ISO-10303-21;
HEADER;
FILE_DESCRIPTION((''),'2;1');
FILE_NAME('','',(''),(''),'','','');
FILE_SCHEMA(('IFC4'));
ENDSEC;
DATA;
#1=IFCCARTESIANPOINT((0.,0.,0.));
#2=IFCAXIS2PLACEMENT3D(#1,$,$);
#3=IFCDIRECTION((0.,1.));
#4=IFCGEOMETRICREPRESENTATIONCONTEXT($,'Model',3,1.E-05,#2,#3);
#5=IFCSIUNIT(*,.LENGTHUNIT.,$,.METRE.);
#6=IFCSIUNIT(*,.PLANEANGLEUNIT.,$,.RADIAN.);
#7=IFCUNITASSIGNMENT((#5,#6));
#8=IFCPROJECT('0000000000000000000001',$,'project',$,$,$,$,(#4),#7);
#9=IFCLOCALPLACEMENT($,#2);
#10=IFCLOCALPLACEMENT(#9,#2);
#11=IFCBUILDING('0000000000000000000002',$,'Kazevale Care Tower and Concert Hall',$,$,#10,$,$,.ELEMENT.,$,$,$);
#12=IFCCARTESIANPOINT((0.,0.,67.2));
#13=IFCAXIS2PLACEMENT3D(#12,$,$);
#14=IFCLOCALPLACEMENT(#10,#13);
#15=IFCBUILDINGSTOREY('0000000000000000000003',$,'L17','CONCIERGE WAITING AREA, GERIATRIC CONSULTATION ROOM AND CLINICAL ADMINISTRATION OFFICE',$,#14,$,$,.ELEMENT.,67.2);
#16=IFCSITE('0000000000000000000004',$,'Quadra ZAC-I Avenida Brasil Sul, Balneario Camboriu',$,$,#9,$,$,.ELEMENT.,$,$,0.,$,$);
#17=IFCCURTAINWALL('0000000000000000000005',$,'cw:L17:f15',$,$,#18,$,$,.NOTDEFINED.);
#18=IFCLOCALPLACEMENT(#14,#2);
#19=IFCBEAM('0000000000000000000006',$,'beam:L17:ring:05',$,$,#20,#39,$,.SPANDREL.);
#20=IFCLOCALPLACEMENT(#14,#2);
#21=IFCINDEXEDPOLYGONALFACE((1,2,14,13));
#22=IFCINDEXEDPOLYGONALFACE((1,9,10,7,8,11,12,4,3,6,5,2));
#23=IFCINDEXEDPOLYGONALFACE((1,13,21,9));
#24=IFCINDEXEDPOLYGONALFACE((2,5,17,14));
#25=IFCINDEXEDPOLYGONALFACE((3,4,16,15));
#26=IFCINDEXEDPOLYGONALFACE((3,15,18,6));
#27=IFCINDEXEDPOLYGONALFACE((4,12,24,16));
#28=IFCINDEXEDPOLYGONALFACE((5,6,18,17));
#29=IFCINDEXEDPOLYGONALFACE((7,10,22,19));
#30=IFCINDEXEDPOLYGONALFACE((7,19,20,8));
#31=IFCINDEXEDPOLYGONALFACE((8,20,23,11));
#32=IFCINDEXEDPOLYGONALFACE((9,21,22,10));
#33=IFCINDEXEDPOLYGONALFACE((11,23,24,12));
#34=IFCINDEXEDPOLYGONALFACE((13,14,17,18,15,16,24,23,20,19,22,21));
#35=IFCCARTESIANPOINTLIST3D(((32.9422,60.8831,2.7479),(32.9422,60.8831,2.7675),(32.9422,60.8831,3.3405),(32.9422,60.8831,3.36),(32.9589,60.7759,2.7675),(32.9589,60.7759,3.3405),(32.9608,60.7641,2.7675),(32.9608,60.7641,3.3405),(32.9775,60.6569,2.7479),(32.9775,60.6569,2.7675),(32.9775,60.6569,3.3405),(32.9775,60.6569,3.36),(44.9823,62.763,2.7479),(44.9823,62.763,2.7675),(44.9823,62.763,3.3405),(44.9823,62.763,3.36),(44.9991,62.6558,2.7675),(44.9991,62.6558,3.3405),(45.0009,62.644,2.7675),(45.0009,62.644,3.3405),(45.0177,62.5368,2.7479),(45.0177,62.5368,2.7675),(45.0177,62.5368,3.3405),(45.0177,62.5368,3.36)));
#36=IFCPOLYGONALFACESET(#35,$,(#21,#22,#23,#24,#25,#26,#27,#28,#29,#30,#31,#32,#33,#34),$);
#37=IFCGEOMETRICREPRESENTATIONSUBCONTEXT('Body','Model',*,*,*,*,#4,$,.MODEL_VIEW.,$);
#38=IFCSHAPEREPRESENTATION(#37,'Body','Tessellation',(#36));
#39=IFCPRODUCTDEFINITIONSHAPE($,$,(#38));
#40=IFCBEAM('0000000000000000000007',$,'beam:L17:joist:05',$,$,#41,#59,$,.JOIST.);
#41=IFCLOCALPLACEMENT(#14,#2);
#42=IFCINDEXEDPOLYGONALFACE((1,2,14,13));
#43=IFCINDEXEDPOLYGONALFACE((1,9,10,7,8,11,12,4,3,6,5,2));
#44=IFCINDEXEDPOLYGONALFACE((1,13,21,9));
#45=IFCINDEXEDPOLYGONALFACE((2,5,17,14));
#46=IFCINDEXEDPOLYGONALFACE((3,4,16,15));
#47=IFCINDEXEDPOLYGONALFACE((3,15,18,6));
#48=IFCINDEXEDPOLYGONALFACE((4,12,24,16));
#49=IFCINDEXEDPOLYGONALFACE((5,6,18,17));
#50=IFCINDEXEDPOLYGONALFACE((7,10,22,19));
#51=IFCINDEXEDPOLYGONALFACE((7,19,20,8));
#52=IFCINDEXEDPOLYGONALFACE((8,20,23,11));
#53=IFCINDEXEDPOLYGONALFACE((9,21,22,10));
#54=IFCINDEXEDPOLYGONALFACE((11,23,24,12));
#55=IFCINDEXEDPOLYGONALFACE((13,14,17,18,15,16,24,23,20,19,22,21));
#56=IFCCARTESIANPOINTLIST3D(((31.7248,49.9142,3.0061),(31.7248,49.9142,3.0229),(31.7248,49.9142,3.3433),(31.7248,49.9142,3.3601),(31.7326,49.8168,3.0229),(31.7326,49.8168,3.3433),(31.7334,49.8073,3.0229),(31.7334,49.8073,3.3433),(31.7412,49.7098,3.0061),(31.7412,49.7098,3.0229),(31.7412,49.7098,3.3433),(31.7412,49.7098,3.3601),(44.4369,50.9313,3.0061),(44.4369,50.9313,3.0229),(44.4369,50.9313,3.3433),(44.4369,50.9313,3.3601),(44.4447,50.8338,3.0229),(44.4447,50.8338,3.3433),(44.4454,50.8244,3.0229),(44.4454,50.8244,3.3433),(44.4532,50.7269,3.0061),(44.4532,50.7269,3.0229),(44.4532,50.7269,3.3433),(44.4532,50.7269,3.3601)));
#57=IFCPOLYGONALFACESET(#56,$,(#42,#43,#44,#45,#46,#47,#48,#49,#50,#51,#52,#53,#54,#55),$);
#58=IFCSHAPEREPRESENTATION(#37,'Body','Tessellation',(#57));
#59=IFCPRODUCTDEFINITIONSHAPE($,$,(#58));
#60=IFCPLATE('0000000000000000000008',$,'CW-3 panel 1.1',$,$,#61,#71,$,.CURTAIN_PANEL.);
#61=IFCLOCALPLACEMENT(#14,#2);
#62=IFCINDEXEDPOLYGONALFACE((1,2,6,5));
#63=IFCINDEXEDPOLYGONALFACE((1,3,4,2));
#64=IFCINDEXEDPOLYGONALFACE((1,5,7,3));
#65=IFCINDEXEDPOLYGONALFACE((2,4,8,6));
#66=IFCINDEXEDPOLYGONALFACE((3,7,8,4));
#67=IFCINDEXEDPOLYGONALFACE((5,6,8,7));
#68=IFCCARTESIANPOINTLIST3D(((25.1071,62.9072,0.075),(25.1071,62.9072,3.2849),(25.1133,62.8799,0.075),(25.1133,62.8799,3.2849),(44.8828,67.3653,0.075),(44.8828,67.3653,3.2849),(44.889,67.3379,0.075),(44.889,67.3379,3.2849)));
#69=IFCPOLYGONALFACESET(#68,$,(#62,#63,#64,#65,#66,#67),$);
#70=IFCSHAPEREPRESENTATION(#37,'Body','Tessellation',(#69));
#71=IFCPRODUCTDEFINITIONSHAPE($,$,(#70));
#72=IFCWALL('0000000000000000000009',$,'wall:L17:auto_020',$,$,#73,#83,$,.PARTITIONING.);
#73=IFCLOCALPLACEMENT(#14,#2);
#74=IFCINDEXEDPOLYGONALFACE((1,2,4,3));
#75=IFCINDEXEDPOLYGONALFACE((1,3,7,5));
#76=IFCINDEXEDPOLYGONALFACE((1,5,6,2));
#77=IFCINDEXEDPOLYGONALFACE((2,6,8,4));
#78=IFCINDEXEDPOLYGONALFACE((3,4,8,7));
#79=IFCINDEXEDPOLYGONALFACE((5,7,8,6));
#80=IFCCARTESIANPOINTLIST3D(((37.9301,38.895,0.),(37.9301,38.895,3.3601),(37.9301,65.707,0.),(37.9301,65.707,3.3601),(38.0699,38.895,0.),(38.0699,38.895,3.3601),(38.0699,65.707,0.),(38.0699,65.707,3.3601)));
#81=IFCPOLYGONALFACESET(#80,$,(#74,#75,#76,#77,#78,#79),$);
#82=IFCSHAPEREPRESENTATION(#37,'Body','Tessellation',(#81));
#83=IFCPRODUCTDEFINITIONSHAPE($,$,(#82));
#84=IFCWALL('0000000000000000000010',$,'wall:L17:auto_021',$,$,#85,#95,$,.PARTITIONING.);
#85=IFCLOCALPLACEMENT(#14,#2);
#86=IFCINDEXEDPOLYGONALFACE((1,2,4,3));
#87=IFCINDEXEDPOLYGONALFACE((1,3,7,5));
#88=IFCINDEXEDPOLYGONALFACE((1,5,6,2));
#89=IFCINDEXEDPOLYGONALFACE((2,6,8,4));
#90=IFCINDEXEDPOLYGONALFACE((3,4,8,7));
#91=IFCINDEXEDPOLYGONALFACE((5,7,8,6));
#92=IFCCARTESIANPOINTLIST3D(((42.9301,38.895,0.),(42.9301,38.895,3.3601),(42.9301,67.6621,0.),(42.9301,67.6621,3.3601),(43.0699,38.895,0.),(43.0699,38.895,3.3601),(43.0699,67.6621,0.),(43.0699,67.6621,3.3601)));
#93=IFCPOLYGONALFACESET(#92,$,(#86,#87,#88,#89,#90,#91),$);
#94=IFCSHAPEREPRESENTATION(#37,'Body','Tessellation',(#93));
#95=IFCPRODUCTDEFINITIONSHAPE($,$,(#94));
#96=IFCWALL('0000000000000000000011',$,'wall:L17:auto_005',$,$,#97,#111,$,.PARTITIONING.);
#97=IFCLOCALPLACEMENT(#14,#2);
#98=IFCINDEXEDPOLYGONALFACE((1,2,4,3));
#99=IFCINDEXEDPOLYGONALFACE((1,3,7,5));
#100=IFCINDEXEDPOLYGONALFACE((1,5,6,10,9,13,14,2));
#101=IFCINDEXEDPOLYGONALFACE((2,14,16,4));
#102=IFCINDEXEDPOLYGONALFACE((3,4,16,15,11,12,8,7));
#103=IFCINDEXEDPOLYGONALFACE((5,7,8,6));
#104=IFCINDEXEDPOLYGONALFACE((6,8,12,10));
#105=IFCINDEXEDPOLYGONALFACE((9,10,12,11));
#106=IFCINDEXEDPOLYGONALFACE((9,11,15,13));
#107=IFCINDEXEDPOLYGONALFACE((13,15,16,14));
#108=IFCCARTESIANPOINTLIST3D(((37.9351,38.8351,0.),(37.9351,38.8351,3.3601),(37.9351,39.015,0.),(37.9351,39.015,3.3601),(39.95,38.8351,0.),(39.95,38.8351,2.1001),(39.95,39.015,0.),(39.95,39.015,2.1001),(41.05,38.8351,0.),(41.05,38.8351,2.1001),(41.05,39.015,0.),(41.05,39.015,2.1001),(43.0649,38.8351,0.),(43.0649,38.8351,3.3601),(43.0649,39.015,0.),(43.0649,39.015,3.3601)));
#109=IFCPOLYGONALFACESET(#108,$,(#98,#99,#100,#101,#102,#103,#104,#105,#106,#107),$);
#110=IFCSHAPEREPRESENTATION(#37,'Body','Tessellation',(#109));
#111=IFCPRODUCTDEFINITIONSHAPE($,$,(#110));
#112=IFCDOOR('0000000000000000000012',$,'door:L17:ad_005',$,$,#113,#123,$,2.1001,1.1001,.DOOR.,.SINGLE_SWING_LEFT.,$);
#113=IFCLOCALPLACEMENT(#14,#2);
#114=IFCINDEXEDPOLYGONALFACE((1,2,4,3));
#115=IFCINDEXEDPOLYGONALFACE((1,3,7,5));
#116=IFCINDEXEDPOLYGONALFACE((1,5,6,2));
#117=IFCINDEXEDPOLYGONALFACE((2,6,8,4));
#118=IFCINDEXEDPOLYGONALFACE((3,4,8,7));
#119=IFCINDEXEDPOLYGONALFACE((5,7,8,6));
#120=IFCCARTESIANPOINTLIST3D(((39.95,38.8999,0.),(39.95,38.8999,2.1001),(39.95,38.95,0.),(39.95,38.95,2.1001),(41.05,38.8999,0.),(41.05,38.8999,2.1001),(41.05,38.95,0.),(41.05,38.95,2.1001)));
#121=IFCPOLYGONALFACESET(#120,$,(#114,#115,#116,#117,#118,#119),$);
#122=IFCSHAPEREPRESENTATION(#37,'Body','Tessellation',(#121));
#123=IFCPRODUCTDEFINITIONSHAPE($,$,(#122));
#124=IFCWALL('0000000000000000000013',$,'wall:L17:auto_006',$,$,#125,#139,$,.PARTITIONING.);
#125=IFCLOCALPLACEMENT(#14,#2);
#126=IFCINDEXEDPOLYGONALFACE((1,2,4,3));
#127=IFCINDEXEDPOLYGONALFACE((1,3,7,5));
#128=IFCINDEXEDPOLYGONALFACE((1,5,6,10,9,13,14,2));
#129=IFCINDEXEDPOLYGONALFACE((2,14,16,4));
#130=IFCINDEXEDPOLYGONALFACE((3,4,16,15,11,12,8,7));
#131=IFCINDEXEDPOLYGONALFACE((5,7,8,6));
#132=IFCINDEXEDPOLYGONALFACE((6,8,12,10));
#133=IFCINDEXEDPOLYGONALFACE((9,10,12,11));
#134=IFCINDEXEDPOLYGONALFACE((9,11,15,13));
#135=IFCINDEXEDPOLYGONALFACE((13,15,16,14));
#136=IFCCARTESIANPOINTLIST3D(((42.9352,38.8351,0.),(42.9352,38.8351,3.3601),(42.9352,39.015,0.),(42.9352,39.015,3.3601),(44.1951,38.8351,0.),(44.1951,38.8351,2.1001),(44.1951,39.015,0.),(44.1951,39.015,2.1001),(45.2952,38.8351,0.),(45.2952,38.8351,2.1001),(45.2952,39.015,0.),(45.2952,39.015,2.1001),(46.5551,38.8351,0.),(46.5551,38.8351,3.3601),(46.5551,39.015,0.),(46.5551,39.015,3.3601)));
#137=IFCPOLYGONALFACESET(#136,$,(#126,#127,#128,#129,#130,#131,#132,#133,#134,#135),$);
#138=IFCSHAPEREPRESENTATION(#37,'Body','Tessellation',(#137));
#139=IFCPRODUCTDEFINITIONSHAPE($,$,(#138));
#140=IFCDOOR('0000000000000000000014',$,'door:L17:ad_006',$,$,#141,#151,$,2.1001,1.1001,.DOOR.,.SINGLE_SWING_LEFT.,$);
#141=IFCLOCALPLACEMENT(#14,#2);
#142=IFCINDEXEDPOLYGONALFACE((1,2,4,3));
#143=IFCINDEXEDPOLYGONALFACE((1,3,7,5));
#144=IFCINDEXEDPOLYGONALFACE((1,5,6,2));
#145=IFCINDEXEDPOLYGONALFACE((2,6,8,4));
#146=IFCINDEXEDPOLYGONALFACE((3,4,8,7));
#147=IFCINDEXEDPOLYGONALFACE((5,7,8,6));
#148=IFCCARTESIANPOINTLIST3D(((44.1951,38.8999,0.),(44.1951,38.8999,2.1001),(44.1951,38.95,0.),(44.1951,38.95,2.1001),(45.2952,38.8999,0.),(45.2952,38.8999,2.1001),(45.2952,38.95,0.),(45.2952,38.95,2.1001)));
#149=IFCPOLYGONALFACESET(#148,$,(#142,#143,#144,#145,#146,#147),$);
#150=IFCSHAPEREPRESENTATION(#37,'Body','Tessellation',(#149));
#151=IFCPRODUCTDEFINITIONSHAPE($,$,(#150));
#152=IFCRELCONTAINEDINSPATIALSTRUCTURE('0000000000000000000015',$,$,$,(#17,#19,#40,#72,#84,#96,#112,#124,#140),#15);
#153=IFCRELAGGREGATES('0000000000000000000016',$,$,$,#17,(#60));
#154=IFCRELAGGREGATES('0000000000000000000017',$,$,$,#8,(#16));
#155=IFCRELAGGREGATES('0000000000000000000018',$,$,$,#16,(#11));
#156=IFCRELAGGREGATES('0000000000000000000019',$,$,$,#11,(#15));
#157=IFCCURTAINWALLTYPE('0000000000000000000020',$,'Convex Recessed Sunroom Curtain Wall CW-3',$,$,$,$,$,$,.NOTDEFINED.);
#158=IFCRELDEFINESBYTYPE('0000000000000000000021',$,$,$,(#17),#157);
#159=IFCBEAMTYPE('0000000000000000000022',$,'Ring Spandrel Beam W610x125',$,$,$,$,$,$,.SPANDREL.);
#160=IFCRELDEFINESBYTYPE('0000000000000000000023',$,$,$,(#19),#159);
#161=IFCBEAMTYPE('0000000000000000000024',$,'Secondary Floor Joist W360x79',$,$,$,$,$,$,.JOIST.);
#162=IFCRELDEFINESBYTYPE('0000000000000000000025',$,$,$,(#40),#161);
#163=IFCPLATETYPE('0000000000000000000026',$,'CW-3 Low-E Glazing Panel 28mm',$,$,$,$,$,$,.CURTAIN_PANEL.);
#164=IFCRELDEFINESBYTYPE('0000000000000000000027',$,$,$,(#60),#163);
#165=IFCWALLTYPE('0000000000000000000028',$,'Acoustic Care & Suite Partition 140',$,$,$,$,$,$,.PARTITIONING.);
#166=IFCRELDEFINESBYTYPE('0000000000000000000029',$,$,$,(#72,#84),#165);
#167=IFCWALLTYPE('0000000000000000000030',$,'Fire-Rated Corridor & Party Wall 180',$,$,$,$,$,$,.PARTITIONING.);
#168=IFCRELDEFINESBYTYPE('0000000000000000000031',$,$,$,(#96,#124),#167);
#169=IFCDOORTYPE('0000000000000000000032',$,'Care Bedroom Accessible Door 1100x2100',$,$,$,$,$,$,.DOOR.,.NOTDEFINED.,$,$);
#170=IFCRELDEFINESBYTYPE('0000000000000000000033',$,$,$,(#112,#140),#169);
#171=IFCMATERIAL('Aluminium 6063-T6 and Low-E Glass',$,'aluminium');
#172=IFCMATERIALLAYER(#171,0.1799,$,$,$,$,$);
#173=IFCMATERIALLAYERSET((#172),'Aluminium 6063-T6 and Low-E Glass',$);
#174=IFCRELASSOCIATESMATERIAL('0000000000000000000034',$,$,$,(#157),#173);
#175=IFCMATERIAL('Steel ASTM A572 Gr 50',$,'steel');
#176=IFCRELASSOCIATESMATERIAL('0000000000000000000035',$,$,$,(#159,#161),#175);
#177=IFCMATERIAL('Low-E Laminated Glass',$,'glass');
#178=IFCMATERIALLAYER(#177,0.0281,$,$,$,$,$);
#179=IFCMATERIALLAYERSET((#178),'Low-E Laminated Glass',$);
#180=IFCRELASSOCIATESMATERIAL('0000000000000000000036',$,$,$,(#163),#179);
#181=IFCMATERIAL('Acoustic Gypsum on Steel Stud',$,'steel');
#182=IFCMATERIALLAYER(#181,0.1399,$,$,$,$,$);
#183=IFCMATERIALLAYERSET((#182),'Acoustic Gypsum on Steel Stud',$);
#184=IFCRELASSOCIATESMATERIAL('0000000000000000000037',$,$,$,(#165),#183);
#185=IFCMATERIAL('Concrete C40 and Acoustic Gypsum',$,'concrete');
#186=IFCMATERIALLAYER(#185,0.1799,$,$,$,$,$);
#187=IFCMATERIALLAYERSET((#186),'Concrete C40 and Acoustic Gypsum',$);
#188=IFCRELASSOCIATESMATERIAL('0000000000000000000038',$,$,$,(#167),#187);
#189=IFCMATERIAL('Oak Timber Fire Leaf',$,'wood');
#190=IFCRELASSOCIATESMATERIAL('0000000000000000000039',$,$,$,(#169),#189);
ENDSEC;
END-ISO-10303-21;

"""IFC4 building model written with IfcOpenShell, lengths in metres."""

from ifc_helpers import new_model, si_unit, direction, frame, frame_2d, origin, origin_2d, place, context, subcontext, project, spatial, rectangle, i_section, extrude, material, layer, layer_set, material_profile, profile_set, type_object, element, fill, aggregate, save


model = new_model("IFC4")

# Units and contexts
model_context = context("Model", 3, precision=1e-05, world=origin(), true_north=direction((0.0, 1.0)))
body_context = subcontext(model_context, "Body", "Model", "MODEL_VIEW")
ifc_project = project(units=[si_unit("LENGTHUNIT", "METRE"), si_unit("PLANEANGLEUNIT", "RADIAN")], contexts=[model_context])

# Site, building, storey
site_placement = place(None, origin())
site = spatial("IfcSite", under=ifc_project, at=site_placement, Name="Quadra ZAC-I Avenida Brasil Sul, Balneario Camboriu", CompositionType="ELEMENT", RefElevation=0.0)
building_placement = place(site_placement, origin())
building = spatial("IfcBuilding", under=site, at=building_placement, Name="Kazevale Care Tower and Concert Hall", CompositionType="ELEMENT")
storey_placement = place(building_placement, frame((0.0, 0.0, 67.2)))
storey = spatial("IfcBuildingStorey", under=building, at=storey_placement, Name="L17", Description="CONCIERGE WAITING AREA, GERIATRIC CONSULTATION ROOM AND CLINICAL ADMINISTRATION OFFICE", CompositionType="ELEMENT", Elevation=67.2)

# Shared definitions
ifc_material_1 = material(Name="Aluminium 6063-T6 and Low-E Glass", Category="aluminium")

# Curtain wall
ifc_layer_1 = layer(ifc_material_1, 0.1799)
ifc_layer_set_1 = layer_set([ifc_layer_1], Name="Aluminium 6063-T6 and Low-E Glass")
curtain_wall_type_1 = type_object("IfcCurtainWallType", Name="Convex Recessed Sunroom Curtain Wall CW-3", PredefinedType="NOTDEFINED", material=ifc_layer_set_1)
curtain_wall_1_placement = place(storey_placement, origin())
curtain_wall_1 = element("IfcCurtainWall", 1, at=curtain_wall_1_placement, inside=storey, type_object=curtain_wall_type_1, Name="cw:L17:f15", PredefinedType="NOTDEFINED")

# Beams
ifc_material_2 = material(Name="Steel ASTM A572 Gr 50", Category="steel")
ifc_material_profile_1 = material_profile(ifc_material_2, i_section(OverallWidth=0.229, OverallDepth=0.6121, WebThickness=0.012, FlangeThickness=0.0195, at=origin_2d()), Name="W610x125")
ifc_profile_set_1 = profile_set([ifc_material_profile_1], Name="Steel ASTM A572 Gr 50")
beam_type_1 = type_object("IfcBeamType", Name="Ring Spandrel Beam W610x125", PredefinedType="SPANDREL", material=ifc_profile_set_1)
beam_1_placement = place(storey_placement, frame((45.0, 62.6499, 3.054), z_axis=(-0.988029, -0.154267, 0.0), x_axis=(0.154267, -0.988029, 0.0)))
element("IfcBeam", 2, at=beam_1_placement, inside=storey, type_object=beam_type_1, Name="beam:L17:ring:05", PredefinedType="SPANDREL", context=body_context, shape_type="SweptSolid", body=[
    extrude(i_section(OverallWidth=0.229, OverallDepth=0.6121, WebThickness=0.012, FlangeThickness=0.0195, at=origin_2d()), origin(), (0.0, 0.0, 1.0), 12.186),
])
ifc_material_profile_2 = material_profile(ifc_material_2, i_section(OverallWidth=0.2051, OverallDepth=0.354, WebThickness=0.0095, FlangeThickness=0.0168, at=origin_2d()), Name="W360x79")
ifc_profile_set_2 = profile_set([ifc_material_profile_2], Name="Steel ASTM A572 Gr 50")
beam_type_2 = type_object("IfcBeamType", Name="Secondary Floor Joist W360x79", PredefinedType="JOIST", material=ifc_profile_set_2)
beam_2_placement = place(storey_placement, frame((44.4451, 50.8291, 3.1831), z_axis=(-0.996815, -0.079754, 0.0), x_axis=(0.079754, -0.996815, 0.0)))
element("IfcBeam", 3, at=beam_2_placement, inside=storey, type_object=beam_type_2, Name="beam:L17:joist:05", PredefinedType="JOIST", context=body_context, shape_type="SweptSolid", body=[
    extrude(i_section(OverallWidth=0.2051, OverallDepth=0.354, WebThickness=0.0095, FlangeThickness=0.0168, at=origin_2d()), origin(), (0.0, 0.0, 1.0), 12.7527),
])

# Plate
ifc_material_3 = material(Name="Low-E Laminated Glass", Category="glass")
ifc_layer_2 = layer(ifc_material_3, 0.0281)
ifc_layer_set_2 = layer_set([ifc_layer_2], Name="Low-E Laminated Glass")
plate_type = type_object("IfcPlateType", Name="CW-3 Low-E Glazing Panel 28mm", PredefinedType="CURTAIN_PANEL", material=ifc_layer_set_2)
plate_placement = place(storey_placement, frame((34.998, 65.1226, 0.075), z_axis=(0.0, 0.0, 1.0), x_axis=(0.97552, 0.219911, 0.0)))
plate = element("IfcPlate", 4, at=plate_placement, type_object=plate_type, Name="CW-3 panel 1.1", PredefinedType="CURTAIN_PANEL", context=body_context, shape_type="SweptSolid", body=[
    extrude(rectangle(XDim=20.272, YDim=0.0281, at=origin_2d()), origin(), (0.0, 0.0, 1.0), 3.21),
])
aggregate(curtain_wall_1, [plate])

# Walls
ifc_material_4 = material(Name="Acoustic Gypsum on Steel Stud", Category="steel")
ifc_layer_3 = layer(ifc_material_4, 0.1399)
ifc_layer_set_3 = layer_set([ifc_layer_3], Name="Acoustic Gypsum on Steel Stud")
wall_type_1 = type_object("IfcWallType", Name="Acoustic Care & Suite Partition 140", PredefinedType="PARTITIONING", material=ifc_layer_set_3)
wall_1_placement = place(storey_placement, frame((38.0, 65.707, 0.0), z_axis=(0.0, 0.0, 1.0), x_axis=(0.0, -1.0, 0.0)))
element("IfcWall", 5, at=wall_1_placement, inside=storey, type_object=wall_type_1, Name="wall:L17:auto_020", PredefinedType="PARTITIONING", context=body_context, shape_type="SweptSolid", body=[
    extrude(rectangle(XDim=26.812, YDim=0.1399, at=frame_2d((13.406, 0.0))), origin(), (0.0, 0.0, 1.0), 3.3601),
])
wall_2_placement = place(storey_placement, frame((43.0, 67.6621, 0.0), z_axis=(0.0, 0.0, 1.0), x_axis=(0.0, -1.0, 0.0)))
element("IfcWall", 6, at=wall_2_placement, inside=storey, type_object=wall_type_1, Name="wall:L17:auto_021", PredefinedType="PARTITIONING", context=body_context, shape_type="SweptSolid", body=[
    extrude(rectangle(XDim=28.7671, YDim=0.1399, at=frame_2d((14.3835, 0.0))), origin(), (0.0, 0.0, 1.0), 3.3601),
])

# Walls, openings, doors
ifc_material_5 = material(Name="Concrete C40 and Acoustic Gypsum", Category="concrete")
ifc_layer_4 = layer(ifc_material_5, 0.1799)
ifc_layer_set_4 = layer_set([ifc_layer_4], Name="Concrete C40 and Acoustic Gypsum")
wall_type_2 = type_object("IfcWallType", Name="Fire-Rated Corridor & Party Wall 180", PredefinedType="PARTITIONING", material=ifc_layer_set_4)
wall_3_placement = place(storey_placement, frame((37.9351, 38.925, 0.0), z_axis=(0.0, 0.0, 1.0), x_axis=(1.0, 0.0, 0.0)))
wall_3 = element("IfcWall", 7, at=wall_3_placement, inside=storey, type_object=wall_type_2, Name="wall:L17:auto_005", PredefinedType="PARTITIONING", context=body_context, shape_type="SweptSolid", body=[
    extrude(rectangle(XDim=5.1299, YDim=0.1799, at=frame_2d((2.5649, 0.0))), origin(), (0.0, 0.0, 1.0), 3.3601),
])
opening_1_placement = place(wall_3_placement, frame((2.0149, 0.0, 0.0)))
opening_1 = element("IfcOpeningElement", 8, at=opening_1_placement, cuts=wall_3, PredefinedType="OPENING", context=body_context, shape_type="SweptSolid", body=[
    extrude(rectangle(XDim=1.1001, YDim=2.1001, at=frame_2d((0.55, 1.05))), frame((0.0, 0.0999, 0.0), z_axis=(0.0, -1.0, 0.0), x_axis=(1.0, 0.0, 0.0)), (0.0, 0.0, 1.0), 0.2),
])
ifc_material_6 = material(Name="Oak Timber Fire Leaf", Category="wood")
door_type = type_object("IfcDoorType", Name="Care Bedroom Accessible Door 1100x2100", OperationType="NOTDEFINED", PredefinedType="DOOR", material=ifc_material_6)
door_1_placement = place(opening_1_placement, origin())
door_1 = element("IfcDoor", 9, at=door_1_placement, inside=storey, type_object=door_type, Name="door:L17:ad_005", OperationType="SINGLE_SWING_LEFT", OverallHeight=2.1001, OverallWidth=1.1001, PredefinedType="DOOR", context=body_context, shape_type="SweptSolid", body=[
    extrude(rectangle(XDim=1.1001, YDim=2.1001, at=frame_2d((0.55, 1.05))), frame((0.0, 0.0249, 0.0), z_axis=(0.0, -1.0, 0.0), x_axis=(1.0, 0.0, 0.0)), (0.0, 0.0, 1.0), 0.05),
])
fill(opening_1, door_1)
wall_4_placement = place(storey_placement, frame((42.9351, 38.925, 0.0), z_axis=(0.0, 0.0, 1.0), x_axis=(1.0, 0.0, 0.0)))
wall_4 = element("IfcWall", 10, at=wall_4_placement, inside=storey, type_object=wall_type_2, Name="wall:L17:auto_006", PredefinedType="PARTITIONING", context=body_context, shape_type="SweptSolid", body=[
    extrude(rectangle(XDim=3.6199, YDim=0.1799, at=frame_2d((1.8101, 0.0))), origin(), (0.0, 0.0, 1.0), 3.3601),
])
opening_2_placement = place(wall_4_placement, frame((1.26, 0.0, 0.0)))
opening_2 = element("IfcOpeningElement", 11, at=opening_2_placement, cuts=wall_4, PredefinedType="OPENING", context=body_context, shape_type="SweptSolid", body=[
    extrude(rectangle(XDim=1.1001, YDim=2.1001, at=frame_2d((0.55, 1.05))), frame((0.0, 0.0999, 0.0), z_axis=(0.0, -1.0, 0.0), x_axis=(1.0, 0.0, 0.0)), (0.0, 0.0, 1.0), 0.2),
])
door_2_placement = place(opening_2_placement, origin())
door_2 = element("IfcDoor", 12, at=door_2_placement, inside=storey, type_object=door_type, Name="door:L17:ad_006", OperationType="SINGLE_SWING_LEFT", OverallHeight=2.1001, OverallWidth=1.1001, PredefinedType="DOOR", context=body_context, shape_type="SweptSolid", body=[
    extrude(rectangle(XDim=1.1001, YDim=2.1001, at=frame_2d((0.55, 1.05))), frame((0.0, 0.0249, 0.0), z_axis=(0.0, -1.0, 0.0), x_axis=(1.0, 0.0, 0.0)), (0.0, 0.0, 1.0), 0.05),
])
fill(opening_2, door_2)

save(model, "model.ifc")
